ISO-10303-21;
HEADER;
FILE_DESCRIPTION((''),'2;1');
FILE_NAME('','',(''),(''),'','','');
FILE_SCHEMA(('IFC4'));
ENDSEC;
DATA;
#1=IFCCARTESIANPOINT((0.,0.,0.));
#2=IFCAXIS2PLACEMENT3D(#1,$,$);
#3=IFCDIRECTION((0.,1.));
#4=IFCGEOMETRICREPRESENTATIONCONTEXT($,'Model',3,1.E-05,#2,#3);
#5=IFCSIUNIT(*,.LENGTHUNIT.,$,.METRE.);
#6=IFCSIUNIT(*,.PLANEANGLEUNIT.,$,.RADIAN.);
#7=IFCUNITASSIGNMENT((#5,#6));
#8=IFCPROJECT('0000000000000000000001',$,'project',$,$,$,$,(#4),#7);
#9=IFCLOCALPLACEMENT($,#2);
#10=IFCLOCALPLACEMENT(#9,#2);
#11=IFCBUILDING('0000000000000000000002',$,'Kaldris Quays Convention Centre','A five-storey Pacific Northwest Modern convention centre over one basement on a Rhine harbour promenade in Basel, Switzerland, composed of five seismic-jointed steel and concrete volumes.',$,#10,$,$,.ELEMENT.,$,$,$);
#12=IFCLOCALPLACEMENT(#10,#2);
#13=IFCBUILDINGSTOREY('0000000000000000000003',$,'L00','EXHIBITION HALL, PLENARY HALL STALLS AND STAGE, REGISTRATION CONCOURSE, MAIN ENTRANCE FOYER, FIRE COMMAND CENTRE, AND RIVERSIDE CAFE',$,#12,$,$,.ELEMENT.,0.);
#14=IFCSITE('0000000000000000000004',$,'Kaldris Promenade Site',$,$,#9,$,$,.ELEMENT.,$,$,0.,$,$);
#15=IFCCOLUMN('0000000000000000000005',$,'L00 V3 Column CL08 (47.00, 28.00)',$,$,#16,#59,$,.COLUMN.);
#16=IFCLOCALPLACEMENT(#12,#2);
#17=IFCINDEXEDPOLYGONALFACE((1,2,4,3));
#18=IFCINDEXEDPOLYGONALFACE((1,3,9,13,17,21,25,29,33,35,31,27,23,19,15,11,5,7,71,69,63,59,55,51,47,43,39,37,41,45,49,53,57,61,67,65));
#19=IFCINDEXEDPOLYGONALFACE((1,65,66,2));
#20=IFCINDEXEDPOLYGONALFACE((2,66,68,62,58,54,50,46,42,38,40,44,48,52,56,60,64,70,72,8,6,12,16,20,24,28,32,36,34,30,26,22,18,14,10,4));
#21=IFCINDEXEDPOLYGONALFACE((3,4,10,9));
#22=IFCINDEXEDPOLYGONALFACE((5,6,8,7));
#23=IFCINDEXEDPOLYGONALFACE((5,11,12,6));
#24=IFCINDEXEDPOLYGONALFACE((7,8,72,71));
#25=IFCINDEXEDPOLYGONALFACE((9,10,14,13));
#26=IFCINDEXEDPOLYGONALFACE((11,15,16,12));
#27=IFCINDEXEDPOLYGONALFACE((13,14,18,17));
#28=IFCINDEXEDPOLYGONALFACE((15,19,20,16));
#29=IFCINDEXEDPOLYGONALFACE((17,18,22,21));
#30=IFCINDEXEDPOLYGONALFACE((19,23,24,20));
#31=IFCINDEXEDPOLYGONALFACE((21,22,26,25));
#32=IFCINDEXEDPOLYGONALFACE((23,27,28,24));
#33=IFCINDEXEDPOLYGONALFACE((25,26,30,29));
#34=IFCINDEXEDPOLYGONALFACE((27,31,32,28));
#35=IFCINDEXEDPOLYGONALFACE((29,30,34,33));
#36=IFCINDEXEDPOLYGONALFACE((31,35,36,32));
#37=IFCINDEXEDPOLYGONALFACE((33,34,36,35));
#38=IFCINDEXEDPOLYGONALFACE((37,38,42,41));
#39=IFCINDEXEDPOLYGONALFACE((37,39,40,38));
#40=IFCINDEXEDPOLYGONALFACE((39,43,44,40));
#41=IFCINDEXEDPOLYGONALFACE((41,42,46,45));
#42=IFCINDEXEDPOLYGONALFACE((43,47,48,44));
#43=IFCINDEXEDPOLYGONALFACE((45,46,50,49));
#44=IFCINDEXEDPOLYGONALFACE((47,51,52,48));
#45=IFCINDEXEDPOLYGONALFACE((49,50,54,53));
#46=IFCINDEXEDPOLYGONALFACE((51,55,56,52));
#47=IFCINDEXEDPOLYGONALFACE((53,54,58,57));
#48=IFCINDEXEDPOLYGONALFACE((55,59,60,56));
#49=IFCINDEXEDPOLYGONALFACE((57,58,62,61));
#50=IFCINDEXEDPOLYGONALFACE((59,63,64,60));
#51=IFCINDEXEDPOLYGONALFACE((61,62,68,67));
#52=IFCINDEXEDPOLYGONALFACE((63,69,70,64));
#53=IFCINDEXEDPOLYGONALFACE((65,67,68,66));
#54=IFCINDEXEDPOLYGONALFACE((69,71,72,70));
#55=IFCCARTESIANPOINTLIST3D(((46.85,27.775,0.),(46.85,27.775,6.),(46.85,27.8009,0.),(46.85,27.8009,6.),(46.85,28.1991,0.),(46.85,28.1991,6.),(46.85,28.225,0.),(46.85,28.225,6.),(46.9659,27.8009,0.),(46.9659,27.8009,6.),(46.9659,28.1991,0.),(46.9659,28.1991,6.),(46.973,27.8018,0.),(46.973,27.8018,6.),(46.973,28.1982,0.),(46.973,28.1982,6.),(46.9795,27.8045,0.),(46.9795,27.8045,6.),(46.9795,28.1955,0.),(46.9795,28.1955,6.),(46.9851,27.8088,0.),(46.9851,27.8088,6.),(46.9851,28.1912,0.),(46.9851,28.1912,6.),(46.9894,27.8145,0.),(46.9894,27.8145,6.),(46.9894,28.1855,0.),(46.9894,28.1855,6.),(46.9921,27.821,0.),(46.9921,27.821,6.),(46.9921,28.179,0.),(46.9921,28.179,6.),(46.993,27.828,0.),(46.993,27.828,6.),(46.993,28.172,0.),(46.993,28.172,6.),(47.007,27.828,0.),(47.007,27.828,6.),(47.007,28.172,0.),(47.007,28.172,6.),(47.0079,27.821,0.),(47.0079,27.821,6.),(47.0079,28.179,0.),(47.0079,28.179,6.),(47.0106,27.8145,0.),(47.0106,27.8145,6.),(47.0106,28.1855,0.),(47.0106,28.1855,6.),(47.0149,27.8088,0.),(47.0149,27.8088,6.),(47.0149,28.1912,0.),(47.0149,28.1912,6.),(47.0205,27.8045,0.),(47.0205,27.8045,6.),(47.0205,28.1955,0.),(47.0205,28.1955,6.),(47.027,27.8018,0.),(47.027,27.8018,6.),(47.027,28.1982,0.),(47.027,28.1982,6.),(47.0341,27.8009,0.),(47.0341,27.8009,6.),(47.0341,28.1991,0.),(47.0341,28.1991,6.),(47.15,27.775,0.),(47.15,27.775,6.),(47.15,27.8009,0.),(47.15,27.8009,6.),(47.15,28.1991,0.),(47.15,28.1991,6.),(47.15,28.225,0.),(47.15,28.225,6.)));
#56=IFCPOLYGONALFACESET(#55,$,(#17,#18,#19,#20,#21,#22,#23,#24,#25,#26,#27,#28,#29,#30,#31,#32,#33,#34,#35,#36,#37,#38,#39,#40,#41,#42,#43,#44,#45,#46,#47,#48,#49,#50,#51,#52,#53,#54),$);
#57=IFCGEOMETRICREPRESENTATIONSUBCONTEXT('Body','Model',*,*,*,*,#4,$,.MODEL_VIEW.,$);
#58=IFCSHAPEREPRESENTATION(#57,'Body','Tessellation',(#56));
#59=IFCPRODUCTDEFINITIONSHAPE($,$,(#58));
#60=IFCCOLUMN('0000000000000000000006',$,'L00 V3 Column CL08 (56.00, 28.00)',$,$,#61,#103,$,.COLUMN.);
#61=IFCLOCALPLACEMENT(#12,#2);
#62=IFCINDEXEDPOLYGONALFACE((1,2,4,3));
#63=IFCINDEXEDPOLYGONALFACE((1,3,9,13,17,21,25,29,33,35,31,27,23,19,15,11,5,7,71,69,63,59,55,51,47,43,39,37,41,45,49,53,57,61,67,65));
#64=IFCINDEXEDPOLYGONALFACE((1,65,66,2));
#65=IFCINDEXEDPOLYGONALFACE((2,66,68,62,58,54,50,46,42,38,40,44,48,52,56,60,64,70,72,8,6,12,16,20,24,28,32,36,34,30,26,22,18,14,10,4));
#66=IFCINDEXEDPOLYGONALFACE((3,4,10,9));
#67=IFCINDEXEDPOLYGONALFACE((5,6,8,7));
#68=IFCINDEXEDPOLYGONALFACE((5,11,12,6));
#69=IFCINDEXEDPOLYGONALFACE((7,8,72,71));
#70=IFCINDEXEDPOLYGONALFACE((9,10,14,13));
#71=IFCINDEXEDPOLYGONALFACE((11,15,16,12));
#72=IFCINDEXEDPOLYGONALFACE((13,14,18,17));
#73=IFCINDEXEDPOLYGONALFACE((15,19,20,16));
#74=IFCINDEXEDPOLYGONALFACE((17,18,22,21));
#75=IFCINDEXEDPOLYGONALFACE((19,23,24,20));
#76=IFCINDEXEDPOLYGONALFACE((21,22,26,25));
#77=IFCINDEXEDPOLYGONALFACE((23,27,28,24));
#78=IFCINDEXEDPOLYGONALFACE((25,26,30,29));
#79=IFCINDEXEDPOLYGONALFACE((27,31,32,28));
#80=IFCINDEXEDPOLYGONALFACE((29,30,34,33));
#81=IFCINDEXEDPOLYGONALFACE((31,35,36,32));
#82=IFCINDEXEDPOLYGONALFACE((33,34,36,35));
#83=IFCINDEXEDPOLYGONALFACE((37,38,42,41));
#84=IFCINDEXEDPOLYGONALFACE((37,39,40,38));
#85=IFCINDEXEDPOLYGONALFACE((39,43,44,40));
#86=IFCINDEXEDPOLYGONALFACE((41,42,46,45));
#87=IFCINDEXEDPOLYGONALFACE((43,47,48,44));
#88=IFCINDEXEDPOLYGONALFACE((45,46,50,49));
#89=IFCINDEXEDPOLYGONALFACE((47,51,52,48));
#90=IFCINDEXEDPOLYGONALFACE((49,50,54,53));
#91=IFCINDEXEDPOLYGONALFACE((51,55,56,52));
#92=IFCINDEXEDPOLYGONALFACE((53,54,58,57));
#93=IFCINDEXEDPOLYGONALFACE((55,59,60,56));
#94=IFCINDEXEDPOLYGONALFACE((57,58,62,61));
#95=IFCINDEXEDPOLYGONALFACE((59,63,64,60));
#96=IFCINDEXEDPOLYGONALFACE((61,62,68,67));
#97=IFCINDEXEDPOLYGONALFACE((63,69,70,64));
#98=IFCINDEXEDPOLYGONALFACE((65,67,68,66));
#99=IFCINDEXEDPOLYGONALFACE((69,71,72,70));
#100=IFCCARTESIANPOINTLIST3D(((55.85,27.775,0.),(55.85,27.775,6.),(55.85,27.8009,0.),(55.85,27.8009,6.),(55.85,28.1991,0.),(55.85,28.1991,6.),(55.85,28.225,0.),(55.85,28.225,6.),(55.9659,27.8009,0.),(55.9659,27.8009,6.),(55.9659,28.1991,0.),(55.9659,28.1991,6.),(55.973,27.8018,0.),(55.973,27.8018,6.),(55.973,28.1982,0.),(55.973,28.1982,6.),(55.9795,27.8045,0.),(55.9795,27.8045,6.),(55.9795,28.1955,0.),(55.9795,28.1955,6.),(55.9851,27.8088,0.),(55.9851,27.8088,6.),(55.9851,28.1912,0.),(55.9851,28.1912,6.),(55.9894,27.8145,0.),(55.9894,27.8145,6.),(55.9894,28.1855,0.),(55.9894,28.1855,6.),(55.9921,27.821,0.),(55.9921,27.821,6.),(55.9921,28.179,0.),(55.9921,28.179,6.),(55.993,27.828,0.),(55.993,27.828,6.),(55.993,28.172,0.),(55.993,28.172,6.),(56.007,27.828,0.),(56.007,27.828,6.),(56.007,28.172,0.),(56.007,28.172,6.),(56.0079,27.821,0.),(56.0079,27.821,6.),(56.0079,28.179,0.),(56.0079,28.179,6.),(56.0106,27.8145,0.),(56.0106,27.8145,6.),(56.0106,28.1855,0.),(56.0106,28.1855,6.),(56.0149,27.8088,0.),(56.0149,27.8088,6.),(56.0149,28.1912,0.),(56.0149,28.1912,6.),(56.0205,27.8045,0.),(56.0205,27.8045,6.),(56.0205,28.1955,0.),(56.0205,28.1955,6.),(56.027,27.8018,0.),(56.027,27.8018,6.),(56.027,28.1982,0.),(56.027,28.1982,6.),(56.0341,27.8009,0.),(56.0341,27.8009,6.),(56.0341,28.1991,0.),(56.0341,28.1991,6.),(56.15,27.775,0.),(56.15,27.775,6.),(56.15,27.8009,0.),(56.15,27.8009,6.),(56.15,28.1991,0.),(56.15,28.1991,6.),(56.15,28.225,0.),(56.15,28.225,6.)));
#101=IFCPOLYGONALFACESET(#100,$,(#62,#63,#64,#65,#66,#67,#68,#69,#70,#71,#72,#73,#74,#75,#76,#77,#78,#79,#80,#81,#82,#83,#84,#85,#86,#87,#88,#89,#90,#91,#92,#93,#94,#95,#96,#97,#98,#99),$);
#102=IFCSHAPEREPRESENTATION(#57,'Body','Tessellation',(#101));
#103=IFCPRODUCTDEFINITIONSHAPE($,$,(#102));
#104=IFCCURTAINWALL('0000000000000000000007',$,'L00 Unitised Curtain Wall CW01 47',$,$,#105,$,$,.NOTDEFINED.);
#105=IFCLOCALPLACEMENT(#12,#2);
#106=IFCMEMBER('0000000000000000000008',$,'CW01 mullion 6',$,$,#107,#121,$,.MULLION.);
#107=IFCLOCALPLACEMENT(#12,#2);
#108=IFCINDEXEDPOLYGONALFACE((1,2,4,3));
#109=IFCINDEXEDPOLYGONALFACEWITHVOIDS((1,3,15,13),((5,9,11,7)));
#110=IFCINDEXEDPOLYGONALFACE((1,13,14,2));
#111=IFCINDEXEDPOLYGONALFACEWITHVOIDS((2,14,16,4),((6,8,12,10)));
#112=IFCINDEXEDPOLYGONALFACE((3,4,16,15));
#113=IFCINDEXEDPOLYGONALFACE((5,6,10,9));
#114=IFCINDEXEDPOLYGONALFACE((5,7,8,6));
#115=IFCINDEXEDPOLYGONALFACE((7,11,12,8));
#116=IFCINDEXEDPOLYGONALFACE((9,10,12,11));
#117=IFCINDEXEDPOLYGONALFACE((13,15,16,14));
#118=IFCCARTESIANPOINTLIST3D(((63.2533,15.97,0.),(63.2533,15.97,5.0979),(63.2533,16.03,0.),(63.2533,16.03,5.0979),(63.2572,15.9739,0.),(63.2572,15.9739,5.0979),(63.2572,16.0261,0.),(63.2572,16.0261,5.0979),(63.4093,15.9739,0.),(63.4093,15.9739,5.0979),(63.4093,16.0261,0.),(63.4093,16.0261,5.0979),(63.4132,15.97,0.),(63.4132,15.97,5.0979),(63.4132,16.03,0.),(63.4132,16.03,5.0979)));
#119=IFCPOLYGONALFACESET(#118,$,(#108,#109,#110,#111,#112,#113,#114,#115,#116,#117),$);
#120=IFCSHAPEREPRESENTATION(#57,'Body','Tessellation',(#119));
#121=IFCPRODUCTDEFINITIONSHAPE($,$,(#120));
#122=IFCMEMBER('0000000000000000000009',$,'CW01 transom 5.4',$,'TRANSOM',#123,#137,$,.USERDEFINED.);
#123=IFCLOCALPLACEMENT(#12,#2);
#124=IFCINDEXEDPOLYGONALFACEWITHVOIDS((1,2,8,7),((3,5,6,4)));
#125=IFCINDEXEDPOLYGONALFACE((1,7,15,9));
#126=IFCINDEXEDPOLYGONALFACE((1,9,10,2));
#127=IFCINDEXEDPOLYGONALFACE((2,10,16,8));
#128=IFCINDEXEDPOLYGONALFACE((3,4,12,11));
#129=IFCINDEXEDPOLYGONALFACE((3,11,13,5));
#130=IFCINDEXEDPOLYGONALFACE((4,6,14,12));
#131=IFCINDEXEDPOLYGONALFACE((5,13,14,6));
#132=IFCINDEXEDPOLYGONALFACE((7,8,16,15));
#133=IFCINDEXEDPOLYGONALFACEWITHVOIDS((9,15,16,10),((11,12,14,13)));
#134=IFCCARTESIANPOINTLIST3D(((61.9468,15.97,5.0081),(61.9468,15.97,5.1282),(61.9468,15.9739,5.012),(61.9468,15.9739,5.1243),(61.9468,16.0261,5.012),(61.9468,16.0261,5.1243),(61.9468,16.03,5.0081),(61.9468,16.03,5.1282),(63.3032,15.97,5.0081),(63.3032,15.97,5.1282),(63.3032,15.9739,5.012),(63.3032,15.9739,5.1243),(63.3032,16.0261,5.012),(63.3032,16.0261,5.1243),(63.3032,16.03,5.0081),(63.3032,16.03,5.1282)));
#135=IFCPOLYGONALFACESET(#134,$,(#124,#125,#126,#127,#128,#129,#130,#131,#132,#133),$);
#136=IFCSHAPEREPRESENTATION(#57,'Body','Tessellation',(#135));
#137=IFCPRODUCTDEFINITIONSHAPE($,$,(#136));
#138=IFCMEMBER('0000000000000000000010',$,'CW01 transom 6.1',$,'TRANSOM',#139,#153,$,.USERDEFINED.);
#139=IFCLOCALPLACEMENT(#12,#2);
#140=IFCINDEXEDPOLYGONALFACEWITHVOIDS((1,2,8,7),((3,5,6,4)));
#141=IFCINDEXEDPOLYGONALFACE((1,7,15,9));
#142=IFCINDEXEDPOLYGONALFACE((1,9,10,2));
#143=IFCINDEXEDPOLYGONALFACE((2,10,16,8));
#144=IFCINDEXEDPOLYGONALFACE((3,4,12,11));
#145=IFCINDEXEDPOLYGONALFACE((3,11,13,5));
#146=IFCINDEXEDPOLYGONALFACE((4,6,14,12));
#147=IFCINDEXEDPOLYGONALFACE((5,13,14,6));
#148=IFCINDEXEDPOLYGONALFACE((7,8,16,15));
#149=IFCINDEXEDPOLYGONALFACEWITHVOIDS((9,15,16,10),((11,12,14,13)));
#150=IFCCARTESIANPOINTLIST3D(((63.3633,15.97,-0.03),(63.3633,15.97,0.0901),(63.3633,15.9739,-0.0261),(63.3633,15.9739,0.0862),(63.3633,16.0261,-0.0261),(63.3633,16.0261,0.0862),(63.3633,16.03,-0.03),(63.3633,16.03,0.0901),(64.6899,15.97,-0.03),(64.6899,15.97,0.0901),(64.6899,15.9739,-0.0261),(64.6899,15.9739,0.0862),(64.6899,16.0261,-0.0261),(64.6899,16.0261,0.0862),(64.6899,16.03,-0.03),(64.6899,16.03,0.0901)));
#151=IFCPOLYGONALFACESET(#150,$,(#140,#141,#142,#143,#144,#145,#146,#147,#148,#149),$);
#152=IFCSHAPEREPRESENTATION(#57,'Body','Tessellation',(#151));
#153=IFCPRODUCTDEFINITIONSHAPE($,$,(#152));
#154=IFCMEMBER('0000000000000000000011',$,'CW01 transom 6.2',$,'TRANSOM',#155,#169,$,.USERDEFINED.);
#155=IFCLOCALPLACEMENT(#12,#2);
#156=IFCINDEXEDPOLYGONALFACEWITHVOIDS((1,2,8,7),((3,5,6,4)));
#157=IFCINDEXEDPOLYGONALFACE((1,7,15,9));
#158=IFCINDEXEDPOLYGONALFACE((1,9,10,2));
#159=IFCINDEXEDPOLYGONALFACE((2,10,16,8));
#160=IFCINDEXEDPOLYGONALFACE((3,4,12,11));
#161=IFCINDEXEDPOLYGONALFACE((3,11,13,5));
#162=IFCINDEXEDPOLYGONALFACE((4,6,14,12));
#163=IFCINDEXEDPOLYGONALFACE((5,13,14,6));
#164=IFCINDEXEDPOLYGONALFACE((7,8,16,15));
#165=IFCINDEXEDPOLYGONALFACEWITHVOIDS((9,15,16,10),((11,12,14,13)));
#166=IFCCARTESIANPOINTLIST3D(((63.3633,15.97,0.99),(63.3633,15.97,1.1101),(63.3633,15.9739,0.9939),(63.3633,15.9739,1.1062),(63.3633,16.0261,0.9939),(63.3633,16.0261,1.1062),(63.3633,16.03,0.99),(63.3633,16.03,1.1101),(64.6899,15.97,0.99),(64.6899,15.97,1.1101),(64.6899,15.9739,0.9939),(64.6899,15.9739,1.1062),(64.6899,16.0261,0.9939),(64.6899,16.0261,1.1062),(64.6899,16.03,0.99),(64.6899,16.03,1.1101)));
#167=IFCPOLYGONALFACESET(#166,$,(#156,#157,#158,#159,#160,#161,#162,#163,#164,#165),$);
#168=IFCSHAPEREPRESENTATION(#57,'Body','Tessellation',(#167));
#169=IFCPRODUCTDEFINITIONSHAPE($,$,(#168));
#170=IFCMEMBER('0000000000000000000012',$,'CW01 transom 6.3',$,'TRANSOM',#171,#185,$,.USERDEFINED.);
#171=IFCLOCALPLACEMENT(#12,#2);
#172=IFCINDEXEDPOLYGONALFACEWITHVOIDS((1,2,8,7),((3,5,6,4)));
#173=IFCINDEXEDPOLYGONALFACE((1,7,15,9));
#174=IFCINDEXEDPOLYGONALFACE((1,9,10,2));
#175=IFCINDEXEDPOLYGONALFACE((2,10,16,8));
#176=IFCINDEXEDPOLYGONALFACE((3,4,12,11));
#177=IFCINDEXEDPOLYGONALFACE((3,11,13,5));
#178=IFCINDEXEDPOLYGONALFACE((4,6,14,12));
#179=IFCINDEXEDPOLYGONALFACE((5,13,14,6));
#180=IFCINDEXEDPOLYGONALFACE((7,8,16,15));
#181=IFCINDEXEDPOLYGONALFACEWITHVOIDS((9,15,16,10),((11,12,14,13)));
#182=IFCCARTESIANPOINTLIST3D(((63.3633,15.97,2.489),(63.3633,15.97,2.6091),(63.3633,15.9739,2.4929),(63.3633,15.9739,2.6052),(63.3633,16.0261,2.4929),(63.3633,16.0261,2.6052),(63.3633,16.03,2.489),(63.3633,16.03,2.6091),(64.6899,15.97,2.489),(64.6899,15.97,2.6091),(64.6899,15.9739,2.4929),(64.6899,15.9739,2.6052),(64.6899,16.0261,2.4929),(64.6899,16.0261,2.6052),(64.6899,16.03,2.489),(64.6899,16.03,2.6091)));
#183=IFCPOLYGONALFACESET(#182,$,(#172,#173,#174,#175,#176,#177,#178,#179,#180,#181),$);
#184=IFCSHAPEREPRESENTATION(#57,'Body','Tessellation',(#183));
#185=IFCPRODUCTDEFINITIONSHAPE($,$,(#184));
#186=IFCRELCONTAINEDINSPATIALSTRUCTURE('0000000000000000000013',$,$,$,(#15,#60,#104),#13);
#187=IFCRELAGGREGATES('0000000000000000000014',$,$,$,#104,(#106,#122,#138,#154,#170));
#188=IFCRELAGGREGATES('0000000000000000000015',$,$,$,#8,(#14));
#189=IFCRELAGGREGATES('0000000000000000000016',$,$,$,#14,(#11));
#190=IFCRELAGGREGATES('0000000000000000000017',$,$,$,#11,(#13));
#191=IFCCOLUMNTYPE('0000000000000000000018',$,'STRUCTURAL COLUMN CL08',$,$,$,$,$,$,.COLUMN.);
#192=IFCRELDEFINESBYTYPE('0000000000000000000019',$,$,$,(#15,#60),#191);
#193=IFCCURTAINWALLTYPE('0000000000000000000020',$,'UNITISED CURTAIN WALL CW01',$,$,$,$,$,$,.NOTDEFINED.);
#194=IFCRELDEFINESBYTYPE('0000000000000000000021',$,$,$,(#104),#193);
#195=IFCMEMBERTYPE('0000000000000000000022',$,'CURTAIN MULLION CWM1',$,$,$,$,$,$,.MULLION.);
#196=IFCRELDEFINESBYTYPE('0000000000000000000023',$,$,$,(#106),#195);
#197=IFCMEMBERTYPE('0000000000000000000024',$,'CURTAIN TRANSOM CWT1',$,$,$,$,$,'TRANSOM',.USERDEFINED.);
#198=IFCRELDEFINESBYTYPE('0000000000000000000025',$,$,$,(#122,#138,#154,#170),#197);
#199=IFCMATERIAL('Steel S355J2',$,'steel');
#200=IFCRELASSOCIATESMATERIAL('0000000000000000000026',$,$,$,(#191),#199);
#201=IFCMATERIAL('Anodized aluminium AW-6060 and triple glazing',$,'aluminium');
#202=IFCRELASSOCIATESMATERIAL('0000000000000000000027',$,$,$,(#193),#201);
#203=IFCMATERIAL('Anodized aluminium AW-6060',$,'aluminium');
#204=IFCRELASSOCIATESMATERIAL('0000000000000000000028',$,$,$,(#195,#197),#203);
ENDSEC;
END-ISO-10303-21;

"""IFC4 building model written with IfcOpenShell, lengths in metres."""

from ifc_helpers import new_model, si_unit, direction, frame, origin, origin_2d, place, context, subcontext, project, spatial, hollow_rectangle, i_section, extrude, material, material_profile, profile_set, type_object, element, aggregate, save


model = new_model("IFC4")

# Units and contexts
model_context = context("Model", 3, precision=1e-05, world=origin(), true_north=direction((0.0, 1.0)))
body_context = subcontext(model_context, "Body", "Model", "MODEL_VIEW")
ifc_project = project(units=[si_unit("LENGTHUNIT", "METRE"), si_unit("PLANEANGLEUNIT", "RADIAN")], contexts=[model_context])

# Site, building, storey
site_placement = place(None, origin())
site = spatial("IfcSite", under=ifc_project, at=site_placement, Name="Kaldris Promenade Site", CompositionType="ELEMENT", RefElevation=0.0)
building_placement = place(site_placement, origin())
building = spatial("IfcBuilding", under=site, at=building_placement, Name="Kaldris Quays Convention Centre", Description="A five-storey Pacific Northwest Modern convention centre over one basement on a Rhine harbour promenade in Basel, Switzerland, composed of five seismic-jointed steel and concrete volumes.", CompositionType="ELEMENT")
storey_placement = place(building_placement, origin())
storey = spatial("IfcBuildingStorey", under=building, at=storey_placement, Name="L00", Description="EXHIBITION HALL, PLENARY HALL STALLS AND STAGE, REGISTRATION CONCOURSE, MAIN ENTRANCE FOYER, FIRE COMMAND CENTRE, AND RIVERSIDE CAFE", CompositionType="ELEMENT", Elevation=0.0)

# Columns
ifc_material_1 = material(Name="Steel S355J2", Category="steel")
ifc_material_profile_1 = material_profile(ifc_material_1, i_section(OverallWidth=0.3, OverallDepth=0.45, WebThickness=0.0139, FlangeThickness=0.0259, FilletRadius=0.0271, at=origin_2d()), Name="HEB 450")
ifc_profile_set_1 = profile_set([ifc_material_profile_1], Name="Steel S355J2")
column_type = type_object("IfcColumnType", Name="STRUCTURAL COLUMN CL08", PredefinedType="COLUMN", material=ifc_profile_set_1)
for number, where, z_axis, x_axis, name in (
    (1, (47.0, 28.0, 0.0), (0.0, 0.0, 1.0), (1.0, 0.0, 0.0), "L00 V3 Column CL08 (47.00, 28.00)"),
    (2, (56.0, 28.0, 0.0), (0.0, 0.0, 1.0), (1.0, 0.0, 0.0), "L00 V3 Column CL08 (56.00, 28.00)"),
):
    element("IfcColumn", number, at=place(storey_placement, frame(where, z_axis=z_axis, x_axis=x_axis)), inside=storey, type_object=column_type, Name=name, PredefinedType="COLUMN", context=body_context, shape_type="SweptSolid", body=[
        extrude(i_section(OverallWidth=0.3, OverallDepth=0.45, WebThickness=0.0139, FlangeThickness=0.0259, FilletRadius=0.0271, at=origin_2d()), origin(), (0.0, 0.0, 1.0), 6.0),
    ])

# Curtain wall, members
ifc_material_2 = material(Name="Anodized aluminium AW-6060 and triple glazing", Category="aluminium")
curtain_wall_type = type_object("IfcCurtainWallType", Name="UNITISED CURTAIN WALL CW01", PredefinedType="NOTDEFINED", material=ifc_material_2)
curtain_wall_placement = place(storey_placement, origin())
curtain_wall = element("IfcCurtainWall", 3, at=curtain_wall_placement, inside=storey, type_object=curtain_wall_type, Name="L00 Unitised Curtain Wall CW01 47", PredefinedType="NOTDEFINED")
ifc_material_3 = material(Name="Anodized aluminium AW-6060", Category="aluminium")
ifc_material_profile_2 = material_profile(ifc_material_3, hollow_rectangle(XDim=0.0601, YDim=0.1599, WallThickness=0.0039, at=origin_2d()), Name="RHS 160x60x4")
ifc_profile_set_2 = profile_set([ifc_material_profile_2], Name="Anodized aluminium AW-6060")
member_type_1 = type_object("IfcMemberType", Name="CURTAIN MULLION CWM1", PredefinedType="MULLION", material=ifc_profile_set_2)
member_1_placement = place(storey_placement, frame((63.3333, 16.0, 0.0), z_axis=(0.0, 0.0, 1.0), x_axis=(0.0, 1.0, 0.0)))
member_1 = element("IfcMember", 4, at=member_1_placement, type_object=member_type_1, Name="CW01 mullion 6", PredefinedType="MULLION", context=body_context, shape_type="SweptSolid", body=[
    extrude(hollow_rectangle(XDim=0.0601, YDim=0.1599, WallThickness=0.0039, at=origin_2d()), origin(), (0.0, 0.0, 1.0), 5.0979),
])
ifc_material_profile_3 = material_profile(ifc_material_3, hollow_rectangle(XDim=0.0601, YDim=0.1201, WallThickness=0.0039, at=origin_2d()), Name="RHS 120x60x4")
ifc_profile_set_3 = profile_set([ifc_material_profile_3], Name="Anodized aluminium AW-6060")
member_type_2 = type_object("IfcMemberType", Name="CURTAIN TRANSOM CWT1", ElementType="TRANSOM", PredefinedType="USERDEFINED", material=ifc_profile_set_3)
member_2_placement = place(storey_placement, frame((61.9468, 16.0, 5.0681), z_axis=(1.0, 0.0, 0.0), x_axis=(0.0, 1.0, 0.0)))
member_2 = element("IfcMember", 5, at=member_2_placement, type_object=member_type_2, Name="CW01 transom 5.4", ObjectType="TRANSOM", PredefinedType="USERDEFINED", context=body_context, shape_type="SweptSolid", body=[
    extrude(hollow_rectangle(XDim=0.0601, YDim=0.1201, WallThickness=0.0039, at=origin_2d()), origin(), (0.0, 0.0, 1.0), 1.3564),
])
member_3_placement = place(storey_placement, frame((63.3633, 16.0, 0.03), z_axis=(1.0, 0.0, 0.0), x_axis=(0.0, 1.0, 0.0)))
member_3 = element("IfcMember", 6, at=member_3_placement, type_object=member_type_2, Name="CW01 transom 6.1", ObjectType="TRANSOM", PredefinedType="USERDEFINED", context=body_context, shape_type="SweptSolid", body=[
    extrude(hollow_rectangle(XDim=0.0601, YDim=0.1201, WallThickness=0.0039, at=origin_2d()), origin(), (0.0, 0.0, 1.0), 1.3267),
])
member_4_placement = place(storey_placement, frame((63.3633, 16.0, 1.05), z_axis=(1.0, 0.0, 0.0), x_axis=(0.0, 1.0, 0.0)))
member_4 = element("IfcMember", 7, at=member_4_placement, type_object=member_type_2, Name="CW01 transom 6.2", ObjectType="TRANSOM", PredefinedType="USERDEFINED", context=body_context, shape_type="SweptSolid", body=[
    extrude(hollow_rectangle(XDim=0.0601, YDim=0.1201, WallThickness=0.0039, at=origin_2d()), origin(), (0.0, 0.0, 1.0), 1.3267),
])
member_5_placement = place(storey_placement, frame((63.3633, 16.0, 2.5491), z_axis=(1.0, 0.0, 0.0), x_axis=(0.0, 1.0, 0.0)))
member_5 = element("IfcMember", 8, at=member_5_placement, type_object=member_type_2, Name="CW01 transom 6.3", ObjectType="TRANSOM", PredefinedType="USERDEFINED", context=body_context, shape_type="SweptSolid", body=[
    extrude(hollow_rectangle(XDim=0.0601, YDim=0.1201, WallThickness=0.0039, at=origin_2d()), origin(), (0.0, 0.0, 1.0), 1.3267),
])

aggregate(curtain_wall, [member_1, member_2, member_3, member_4, member_5])

save(model, "model.ifc")
